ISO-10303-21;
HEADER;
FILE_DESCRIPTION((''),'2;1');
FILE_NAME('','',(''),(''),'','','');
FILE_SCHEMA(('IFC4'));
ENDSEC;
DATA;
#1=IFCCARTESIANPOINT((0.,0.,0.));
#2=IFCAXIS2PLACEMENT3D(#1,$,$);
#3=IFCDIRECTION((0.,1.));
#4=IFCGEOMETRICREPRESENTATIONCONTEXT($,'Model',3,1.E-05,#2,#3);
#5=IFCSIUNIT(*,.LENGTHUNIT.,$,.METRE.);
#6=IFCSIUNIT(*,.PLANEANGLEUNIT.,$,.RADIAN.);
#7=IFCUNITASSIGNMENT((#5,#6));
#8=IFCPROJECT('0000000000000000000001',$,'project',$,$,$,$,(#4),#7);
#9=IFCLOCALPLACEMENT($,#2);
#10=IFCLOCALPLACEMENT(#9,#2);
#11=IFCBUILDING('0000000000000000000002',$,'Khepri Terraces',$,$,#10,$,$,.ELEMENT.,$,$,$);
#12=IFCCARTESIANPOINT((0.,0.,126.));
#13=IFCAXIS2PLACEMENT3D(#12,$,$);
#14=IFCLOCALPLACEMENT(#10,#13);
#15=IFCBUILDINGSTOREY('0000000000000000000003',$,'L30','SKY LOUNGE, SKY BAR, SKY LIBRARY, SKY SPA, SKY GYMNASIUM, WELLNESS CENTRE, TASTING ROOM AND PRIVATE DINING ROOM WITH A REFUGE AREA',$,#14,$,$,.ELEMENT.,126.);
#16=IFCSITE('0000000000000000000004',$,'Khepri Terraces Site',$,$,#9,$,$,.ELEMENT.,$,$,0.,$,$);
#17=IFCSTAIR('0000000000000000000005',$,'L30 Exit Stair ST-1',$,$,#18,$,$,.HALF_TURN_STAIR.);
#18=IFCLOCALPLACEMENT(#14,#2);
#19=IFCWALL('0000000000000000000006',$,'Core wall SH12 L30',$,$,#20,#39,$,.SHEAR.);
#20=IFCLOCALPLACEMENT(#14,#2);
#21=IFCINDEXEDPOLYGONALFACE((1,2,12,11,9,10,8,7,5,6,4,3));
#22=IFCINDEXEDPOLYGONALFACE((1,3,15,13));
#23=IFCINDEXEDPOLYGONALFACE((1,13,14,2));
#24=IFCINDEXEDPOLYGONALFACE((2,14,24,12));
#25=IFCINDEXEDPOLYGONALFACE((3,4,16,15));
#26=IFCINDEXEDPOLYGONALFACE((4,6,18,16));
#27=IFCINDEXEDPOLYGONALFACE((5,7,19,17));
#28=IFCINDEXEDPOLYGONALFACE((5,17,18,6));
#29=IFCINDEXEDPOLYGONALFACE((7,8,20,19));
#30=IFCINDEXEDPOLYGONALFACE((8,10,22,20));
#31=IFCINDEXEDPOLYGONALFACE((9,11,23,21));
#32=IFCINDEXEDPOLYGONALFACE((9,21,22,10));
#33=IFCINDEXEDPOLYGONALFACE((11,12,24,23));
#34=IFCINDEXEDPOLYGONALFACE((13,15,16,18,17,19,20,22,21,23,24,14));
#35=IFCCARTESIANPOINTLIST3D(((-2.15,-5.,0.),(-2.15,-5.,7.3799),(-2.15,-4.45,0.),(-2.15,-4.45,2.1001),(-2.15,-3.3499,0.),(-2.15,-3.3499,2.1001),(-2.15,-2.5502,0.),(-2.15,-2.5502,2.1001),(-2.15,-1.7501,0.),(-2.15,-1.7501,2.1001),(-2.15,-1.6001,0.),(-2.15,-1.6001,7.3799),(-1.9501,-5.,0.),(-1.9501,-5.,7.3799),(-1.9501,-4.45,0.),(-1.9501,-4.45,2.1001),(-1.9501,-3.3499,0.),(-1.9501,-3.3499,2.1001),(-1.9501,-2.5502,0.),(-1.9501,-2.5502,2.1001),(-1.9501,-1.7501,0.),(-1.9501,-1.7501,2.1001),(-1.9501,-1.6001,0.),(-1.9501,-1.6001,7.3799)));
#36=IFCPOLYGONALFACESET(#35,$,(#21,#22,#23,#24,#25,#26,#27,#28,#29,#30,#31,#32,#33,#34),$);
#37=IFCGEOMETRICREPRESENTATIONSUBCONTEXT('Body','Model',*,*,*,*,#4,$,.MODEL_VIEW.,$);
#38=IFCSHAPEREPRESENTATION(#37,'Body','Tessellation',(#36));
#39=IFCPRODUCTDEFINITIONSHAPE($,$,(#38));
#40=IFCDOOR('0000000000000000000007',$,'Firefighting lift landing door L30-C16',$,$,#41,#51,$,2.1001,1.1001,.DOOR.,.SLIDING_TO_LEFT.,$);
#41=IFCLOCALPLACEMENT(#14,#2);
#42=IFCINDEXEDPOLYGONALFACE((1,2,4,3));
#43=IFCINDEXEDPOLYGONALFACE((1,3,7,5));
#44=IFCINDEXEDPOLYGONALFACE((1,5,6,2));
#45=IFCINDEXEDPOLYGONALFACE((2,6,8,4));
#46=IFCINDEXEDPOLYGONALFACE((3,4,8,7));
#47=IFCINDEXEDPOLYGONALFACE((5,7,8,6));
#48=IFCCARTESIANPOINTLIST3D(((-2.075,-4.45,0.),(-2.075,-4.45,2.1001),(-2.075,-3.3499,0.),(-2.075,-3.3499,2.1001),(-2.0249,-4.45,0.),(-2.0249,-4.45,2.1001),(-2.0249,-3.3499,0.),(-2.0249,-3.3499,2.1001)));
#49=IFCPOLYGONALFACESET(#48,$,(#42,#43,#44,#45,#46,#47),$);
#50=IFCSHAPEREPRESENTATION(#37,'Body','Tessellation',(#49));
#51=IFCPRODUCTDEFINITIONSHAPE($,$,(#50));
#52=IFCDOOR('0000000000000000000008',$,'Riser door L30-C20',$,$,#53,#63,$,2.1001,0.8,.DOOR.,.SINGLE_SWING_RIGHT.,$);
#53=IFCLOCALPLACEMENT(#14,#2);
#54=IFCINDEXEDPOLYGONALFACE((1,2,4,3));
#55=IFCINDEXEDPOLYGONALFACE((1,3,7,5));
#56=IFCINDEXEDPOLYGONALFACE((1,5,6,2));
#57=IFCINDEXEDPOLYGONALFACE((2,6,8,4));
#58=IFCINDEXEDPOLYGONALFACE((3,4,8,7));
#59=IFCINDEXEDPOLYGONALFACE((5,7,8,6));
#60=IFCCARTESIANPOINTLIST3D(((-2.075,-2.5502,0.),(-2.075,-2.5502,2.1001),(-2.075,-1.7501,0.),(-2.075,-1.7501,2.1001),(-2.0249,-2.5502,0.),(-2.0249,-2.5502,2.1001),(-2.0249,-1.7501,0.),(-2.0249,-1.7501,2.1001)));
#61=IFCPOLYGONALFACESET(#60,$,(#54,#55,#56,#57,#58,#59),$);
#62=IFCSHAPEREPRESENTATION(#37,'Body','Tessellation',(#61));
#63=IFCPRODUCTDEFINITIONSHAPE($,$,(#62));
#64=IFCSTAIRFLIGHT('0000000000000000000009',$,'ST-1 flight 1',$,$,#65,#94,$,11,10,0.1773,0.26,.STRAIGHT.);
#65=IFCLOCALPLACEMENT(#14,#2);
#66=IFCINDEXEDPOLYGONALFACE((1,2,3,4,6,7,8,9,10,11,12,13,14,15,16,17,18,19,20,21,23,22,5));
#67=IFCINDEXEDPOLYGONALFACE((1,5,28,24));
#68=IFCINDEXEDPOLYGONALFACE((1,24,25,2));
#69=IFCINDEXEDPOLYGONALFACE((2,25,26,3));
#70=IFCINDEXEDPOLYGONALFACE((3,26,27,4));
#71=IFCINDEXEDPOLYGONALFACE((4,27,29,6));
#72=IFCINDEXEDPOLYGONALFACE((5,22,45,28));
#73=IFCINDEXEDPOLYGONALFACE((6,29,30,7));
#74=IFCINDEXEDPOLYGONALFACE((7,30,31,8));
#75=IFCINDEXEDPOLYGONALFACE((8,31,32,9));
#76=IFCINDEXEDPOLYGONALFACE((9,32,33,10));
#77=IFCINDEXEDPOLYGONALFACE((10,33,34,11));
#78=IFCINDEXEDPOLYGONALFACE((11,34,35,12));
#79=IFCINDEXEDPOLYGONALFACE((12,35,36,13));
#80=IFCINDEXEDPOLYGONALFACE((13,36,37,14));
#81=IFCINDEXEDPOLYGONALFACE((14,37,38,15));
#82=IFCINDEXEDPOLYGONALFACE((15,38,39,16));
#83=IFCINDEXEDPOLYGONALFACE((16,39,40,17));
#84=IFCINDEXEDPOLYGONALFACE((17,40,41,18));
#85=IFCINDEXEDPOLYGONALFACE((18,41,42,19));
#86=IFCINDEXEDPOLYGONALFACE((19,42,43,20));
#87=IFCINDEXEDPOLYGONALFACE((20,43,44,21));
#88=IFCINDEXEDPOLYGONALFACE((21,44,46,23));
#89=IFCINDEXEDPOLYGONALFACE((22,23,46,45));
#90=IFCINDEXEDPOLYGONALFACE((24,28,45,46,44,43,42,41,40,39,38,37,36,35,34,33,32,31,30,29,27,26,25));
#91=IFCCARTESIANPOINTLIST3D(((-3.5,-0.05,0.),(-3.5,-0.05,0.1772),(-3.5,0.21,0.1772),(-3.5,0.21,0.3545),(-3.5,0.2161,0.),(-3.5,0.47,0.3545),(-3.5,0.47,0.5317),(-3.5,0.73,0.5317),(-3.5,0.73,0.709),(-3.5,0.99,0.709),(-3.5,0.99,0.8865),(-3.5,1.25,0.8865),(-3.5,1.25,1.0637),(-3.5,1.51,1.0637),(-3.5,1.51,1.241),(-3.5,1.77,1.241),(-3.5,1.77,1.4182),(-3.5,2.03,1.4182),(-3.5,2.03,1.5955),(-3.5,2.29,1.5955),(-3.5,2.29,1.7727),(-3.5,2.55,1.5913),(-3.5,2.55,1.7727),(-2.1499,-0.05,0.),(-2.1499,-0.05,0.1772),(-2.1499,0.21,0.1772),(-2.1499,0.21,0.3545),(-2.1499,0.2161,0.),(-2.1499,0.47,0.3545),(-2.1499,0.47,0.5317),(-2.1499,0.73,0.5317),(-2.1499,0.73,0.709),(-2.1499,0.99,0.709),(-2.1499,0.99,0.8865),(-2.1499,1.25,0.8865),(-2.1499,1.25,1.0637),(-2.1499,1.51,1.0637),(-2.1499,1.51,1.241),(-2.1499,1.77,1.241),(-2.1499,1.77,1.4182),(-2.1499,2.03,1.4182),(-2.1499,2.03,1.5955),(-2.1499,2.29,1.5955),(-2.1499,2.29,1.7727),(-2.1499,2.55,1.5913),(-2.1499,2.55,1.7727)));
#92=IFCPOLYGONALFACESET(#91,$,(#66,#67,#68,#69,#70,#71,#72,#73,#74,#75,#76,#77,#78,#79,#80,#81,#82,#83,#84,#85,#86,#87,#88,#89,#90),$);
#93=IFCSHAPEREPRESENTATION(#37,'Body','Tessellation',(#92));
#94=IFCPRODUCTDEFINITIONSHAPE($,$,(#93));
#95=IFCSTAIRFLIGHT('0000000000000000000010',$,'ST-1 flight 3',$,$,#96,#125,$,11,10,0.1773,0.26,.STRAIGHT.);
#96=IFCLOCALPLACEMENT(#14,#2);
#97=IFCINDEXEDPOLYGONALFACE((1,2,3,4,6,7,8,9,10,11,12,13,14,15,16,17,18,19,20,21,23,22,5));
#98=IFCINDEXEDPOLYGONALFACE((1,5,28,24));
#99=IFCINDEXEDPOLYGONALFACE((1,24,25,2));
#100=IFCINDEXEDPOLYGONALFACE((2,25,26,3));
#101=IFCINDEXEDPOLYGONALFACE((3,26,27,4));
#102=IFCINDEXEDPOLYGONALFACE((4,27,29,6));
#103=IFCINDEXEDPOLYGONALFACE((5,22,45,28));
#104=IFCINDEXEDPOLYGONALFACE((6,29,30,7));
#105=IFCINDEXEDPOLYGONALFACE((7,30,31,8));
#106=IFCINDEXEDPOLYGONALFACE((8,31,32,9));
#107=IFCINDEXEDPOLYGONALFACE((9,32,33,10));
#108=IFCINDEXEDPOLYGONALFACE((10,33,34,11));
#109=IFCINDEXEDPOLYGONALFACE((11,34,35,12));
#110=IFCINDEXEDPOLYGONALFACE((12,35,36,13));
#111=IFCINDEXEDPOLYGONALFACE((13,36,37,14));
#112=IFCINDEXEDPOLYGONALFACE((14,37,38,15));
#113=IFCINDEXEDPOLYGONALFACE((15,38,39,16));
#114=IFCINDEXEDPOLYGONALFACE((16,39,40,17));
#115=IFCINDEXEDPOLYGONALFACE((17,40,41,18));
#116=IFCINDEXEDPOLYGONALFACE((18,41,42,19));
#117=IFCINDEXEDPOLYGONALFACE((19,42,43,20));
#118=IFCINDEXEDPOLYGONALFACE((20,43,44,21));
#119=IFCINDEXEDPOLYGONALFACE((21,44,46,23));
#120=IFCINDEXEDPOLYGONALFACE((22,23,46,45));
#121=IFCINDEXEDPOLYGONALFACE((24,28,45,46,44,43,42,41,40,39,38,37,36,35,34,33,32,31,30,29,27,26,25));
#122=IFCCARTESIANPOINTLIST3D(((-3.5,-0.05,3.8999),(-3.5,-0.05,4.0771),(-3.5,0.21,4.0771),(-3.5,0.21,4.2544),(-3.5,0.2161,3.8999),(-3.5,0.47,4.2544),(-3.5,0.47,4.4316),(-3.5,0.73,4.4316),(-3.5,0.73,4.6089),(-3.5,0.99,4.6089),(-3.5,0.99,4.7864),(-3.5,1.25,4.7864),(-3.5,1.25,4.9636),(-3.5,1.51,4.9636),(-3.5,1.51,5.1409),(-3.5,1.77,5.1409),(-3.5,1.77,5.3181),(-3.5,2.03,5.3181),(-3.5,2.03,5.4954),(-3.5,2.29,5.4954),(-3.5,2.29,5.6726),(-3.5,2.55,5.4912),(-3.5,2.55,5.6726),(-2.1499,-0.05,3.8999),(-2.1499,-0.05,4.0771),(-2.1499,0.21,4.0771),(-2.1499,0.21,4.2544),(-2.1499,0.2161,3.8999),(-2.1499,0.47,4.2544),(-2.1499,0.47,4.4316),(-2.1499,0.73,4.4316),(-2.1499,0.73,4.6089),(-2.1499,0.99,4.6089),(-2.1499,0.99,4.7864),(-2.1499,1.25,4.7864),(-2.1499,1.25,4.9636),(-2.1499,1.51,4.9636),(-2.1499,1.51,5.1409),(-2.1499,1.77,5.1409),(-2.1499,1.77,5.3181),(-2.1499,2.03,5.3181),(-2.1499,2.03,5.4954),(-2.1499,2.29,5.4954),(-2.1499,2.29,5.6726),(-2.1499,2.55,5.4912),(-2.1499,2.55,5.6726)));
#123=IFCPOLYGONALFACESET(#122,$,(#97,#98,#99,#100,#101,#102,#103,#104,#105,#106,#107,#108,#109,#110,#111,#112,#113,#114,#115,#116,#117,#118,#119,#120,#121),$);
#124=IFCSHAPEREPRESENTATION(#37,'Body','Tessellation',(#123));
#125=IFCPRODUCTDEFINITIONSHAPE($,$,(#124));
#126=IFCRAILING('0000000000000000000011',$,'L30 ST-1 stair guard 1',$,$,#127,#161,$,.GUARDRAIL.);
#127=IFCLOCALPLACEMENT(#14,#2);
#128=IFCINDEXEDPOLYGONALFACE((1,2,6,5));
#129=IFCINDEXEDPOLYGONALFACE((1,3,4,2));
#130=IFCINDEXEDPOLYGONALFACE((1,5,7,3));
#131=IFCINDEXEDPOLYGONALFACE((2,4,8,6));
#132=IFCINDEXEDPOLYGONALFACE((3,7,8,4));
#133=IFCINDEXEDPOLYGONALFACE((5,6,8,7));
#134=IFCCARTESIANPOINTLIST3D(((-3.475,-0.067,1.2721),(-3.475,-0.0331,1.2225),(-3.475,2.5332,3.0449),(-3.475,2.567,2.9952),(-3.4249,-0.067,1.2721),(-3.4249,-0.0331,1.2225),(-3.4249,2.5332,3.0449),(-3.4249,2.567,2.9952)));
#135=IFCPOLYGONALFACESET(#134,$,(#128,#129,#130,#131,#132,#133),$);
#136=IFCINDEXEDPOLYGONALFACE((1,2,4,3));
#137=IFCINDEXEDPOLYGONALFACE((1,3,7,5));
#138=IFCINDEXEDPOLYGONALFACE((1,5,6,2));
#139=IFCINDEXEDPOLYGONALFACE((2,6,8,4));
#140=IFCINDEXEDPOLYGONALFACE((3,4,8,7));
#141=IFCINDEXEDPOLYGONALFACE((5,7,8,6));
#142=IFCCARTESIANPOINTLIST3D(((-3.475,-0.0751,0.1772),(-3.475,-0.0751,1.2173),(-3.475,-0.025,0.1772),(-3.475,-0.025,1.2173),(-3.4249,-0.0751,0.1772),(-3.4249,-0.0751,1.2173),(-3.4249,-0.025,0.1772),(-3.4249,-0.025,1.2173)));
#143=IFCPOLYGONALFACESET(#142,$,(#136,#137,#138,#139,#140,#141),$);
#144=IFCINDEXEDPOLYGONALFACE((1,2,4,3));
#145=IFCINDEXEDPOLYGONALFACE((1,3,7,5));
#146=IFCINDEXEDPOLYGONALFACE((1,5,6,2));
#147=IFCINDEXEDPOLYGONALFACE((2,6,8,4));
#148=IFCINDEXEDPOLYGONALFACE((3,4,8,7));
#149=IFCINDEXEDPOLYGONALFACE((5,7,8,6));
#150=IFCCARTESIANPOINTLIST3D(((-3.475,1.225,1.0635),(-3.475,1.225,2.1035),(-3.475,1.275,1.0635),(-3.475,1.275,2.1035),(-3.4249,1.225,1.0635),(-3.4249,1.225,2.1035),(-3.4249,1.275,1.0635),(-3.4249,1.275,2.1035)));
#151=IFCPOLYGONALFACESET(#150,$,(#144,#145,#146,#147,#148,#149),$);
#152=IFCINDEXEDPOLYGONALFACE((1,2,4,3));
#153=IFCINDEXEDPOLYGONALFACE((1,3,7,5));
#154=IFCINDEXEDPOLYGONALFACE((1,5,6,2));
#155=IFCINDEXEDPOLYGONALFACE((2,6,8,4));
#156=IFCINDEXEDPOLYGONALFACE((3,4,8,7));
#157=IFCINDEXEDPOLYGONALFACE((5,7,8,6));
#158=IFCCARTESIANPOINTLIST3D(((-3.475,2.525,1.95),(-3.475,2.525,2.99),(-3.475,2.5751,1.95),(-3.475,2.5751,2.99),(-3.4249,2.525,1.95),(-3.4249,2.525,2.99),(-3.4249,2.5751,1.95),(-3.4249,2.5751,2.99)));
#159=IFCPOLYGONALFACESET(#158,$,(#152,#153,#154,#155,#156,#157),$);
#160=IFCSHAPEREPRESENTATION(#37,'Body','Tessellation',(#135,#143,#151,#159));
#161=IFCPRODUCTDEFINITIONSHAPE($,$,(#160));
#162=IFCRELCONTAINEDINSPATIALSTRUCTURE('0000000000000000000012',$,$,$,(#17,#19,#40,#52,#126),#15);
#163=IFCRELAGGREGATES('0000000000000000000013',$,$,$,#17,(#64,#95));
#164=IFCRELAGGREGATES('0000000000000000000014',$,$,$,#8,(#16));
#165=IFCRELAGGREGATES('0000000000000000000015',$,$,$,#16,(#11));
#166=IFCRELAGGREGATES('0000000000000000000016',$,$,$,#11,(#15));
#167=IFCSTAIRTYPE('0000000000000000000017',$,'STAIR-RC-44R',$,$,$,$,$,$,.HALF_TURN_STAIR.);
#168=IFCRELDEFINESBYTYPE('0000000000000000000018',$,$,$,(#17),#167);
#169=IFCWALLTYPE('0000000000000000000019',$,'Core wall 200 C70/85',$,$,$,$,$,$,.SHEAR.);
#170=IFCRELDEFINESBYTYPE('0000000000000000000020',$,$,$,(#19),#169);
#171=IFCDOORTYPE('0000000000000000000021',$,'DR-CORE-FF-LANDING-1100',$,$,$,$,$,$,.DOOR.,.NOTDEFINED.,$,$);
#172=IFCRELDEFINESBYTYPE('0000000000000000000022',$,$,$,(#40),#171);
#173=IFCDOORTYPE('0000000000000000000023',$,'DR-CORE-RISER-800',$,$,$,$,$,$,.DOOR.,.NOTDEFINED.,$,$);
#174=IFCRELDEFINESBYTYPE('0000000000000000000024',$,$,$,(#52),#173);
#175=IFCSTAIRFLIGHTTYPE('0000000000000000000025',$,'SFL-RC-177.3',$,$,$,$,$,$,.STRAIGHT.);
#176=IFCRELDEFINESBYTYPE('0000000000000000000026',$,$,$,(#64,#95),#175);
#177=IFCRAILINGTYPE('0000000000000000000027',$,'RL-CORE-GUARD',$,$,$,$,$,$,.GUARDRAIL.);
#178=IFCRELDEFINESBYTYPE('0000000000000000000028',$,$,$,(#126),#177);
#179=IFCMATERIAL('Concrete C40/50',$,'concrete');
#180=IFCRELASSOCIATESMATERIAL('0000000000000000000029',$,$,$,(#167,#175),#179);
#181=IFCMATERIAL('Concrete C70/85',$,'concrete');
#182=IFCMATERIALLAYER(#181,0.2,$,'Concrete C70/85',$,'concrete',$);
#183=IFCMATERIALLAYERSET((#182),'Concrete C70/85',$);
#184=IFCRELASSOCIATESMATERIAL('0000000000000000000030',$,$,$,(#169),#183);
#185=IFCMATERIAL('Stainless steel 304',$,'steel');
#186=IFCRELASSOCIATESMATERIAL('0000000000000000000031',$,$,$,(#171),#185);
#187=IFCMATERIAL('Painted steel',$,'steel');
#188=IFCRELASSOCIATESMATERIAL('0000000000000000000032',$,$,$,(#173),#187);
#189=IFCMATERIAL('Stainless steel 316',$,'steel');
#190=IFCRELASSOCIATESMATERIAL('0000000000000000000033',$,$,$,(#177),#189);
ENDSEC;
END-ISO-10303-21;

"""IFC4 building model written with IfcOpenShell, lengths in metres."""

from ifc_helpers import new_model, si_unit, direction, frame, frame_2d, origin, origin_2d, place, context, subcontext, project, spatial, polyline, rectangle, outline, extrude, material, layer, layer_set, type_object, element, fill, aggregate, save


model = new_model("IFC4")

# Units and contexts
model_context = context("Model", 3, precision=1e-05, world=origin(), true_north=direction((0.0, 1.0)))
body_context = subcontext(model_context, "Body", "Model", "MODEL_VIEW")
ifc_project = project(units=[si_unit("LENGTHUNIT", "METRE"), si_unit("PLANEANGLEUNIT", "RADIAN")], contexts=[model_context])

# Site, building, storey
site_placement = place(None, origin())
site = spatial("IfcSite", under=ifc_project, at=site_placement, Name="Khepri Terraces Site", CompositionType="ELEMENT", RefElevation=0.0)
building_placement = place(site_placement, origin())
building = spatial("IfcBuilding", under=site, at=building_placement, Name="Khepri Terraces", CompositionType="ELEMENT")
storey_placement = place(building_placement, frame((0.0, 0.0, 126.0)))
storey = spatial("IfcBuildingStorey", under=building, at=storey_placement, Name="L30", Description="SKY LOUNGE, SKY BAR, SKY LIBRARY, SKY SPA, SKY GYMNASIUM, WELLNESS CENTRE, TASTING ROOM AND PRIVATE DINING ROOM WITH A REFUGE AREA", CompositionType="ELEMENT", Elevation=126.0)

# Shared definitions
ifc_material_1 = material(Name="Concrete C40/50", Category="concrete")

# Stair
stair_type = type_object("IfcStairType", Name="STAIR-RC-44R", PredefinedType="HALF_TURN_STAIR", material=ifc_material_1)
stair_placement = place(storey_placement, origin())
stair = element("IfcStair", 1, at=stair_placement, inside=storey, type_object=stair_type, Name="L30 Exit Stair ST-1", PredefinedType="HALF_TURN_STAIR")

# Shared definitions
ifc_material_2 = material(Name="Concrete C70/85", Category="concrete")
ifc_layer_1 = layer(ifc_material_2, 0.2, Name="Concrete C70/85", Category="concrete")
ifc_layer_set_1 = layer_set([ifc_layer_1], Name="Concrete C70/85")
wall_type = type_object("IfcWallType", Name="Core wall 200 C70/85", PredefinedType="SHEAR", material=ifc_layer_set_1)
ifc_material_3 = material(Name="Painted steel", Category="steel")

# Wall, openings, doors
wall_1_placement = place(storey_placement, frame((-2.05, -5.0, 0.0), z_axis=(0.0, 0.0, 1.0), x_axis=(0.0, 1.0, 0.0)))
wall_1 = element("IfcWall", 2, at=wall_1_placement, inside=storey, type_object=wall_type, Name="Core wall SH12 L30", PredefinedType="SHEAR", context=body_context, shape_type="SweptSolid", body=[
    extrude(rectangle(XDim=3.3999, YDim=0.2, at=frame_2d((1.7, 0.0))), origin(), (0.0, 0.0, 1.0), 7.3799),
])
opening_1_placement = place(wall_1_placement, frame((0.55, 0.0, 0.0)))
opening_1 = element("IfcOpeningElement", 3, at=opening_1_placement, cuts=wall_1, PredefinedType="OPENING", context=body_context, shape_type="SweptSolid", body=[
    extrude(rectangle(XDim=1.1001, YDim=2.1001, at=frame_2d((0.55, 1.05))), frame((0.0, 0.1099, 0.0), z_axis=(0.0, -1.0, 0.0), x_axis=(1.0, 0.0, 0.0)), (0.0, 0.0, 1.0), 0.22),
])
opening_2_placement = place(wall_1_placement, frame((2.45, 0.0, 0.0)))
opening_2 = element("IfcOpeningElement", 4, at=opening_2_placement, cuts=wall_1, PredefinedType="OPENING", context=body_context, shape_type="SweptSolid", body=[
    extrude(rectangle(XDim=0.8, YDim=2.1001, at=frame_2d((0.3999, 1.05))), frame((0.0, 0.1099, 0.0), z_axis=(0.0, -1.0, 0.0), x_axis=(1.0, 0.0, 0.0)), (0.0, 0.0, 1.0), 0.22),
])
ifc_material_4 = material(Name="Stainless steel 304", Category="steel")
door_type_1 = type_object("IfcDoorType", Name="DR-CORE-FF-LANDING-1100", OperationType="NOTDEFINED", PredefinedType="DOOR", material=ifc_material_4)
door_1_placement = place(opening_1_placement, origin())
door_1 = element("IfcDoor", 5, at=door_1_placement, inside=storey, type_object=door_type_1, Name="Firefighting lift landing door L30-C16", OperationType="SLIDING_TO_LEFT", OverallHeight=2.1001, OverallWidth=1.1001, PredefinedType="DOOR", context=body_context, shape_type="SweptSolid", body=[
    extrude(rectangle(XDim=1.1001, YDim=2.1001, at=frame_2d((0.55, 1.05))), frame((0.0, 0.0249, 0.0), z_axis=(0.0, -1.0, 0.0), x_axis=(1.0, 0.0, 0.0)), (0.0, 0.0, 1.0), 0.05),
])
fill(opening_1, door_1)
door_type_2 = type_object("IfcDoorType", Name="DR-CORE-RISER-800", OperationType="NOTDEFINED", PredefinedType="DOOR", material=ifc_material_3)
door_2_placement = place(opening_2_placement, origin())
door_2 = element("IfcDoor", 6, at=door_2_placement, inside=storey, type_object=door_type_2, Name="Riser door L30-C20", OperationType="SINGLE_SWING_RIGHT", OverallHeight=2.1001, OverallWidth=0.8, PredefinedType="DOOR", context=body_context, shape_type="SweptSolid", body=[
    extrude(rectangle(XDim=0.8, YDim=2.1001, at=frame_2d((0.3999, 1.05))), frame((0.0, 0.0249, 0.0), z_axis=(0.0, -1.0, 0.0), x_axis=(1.0, 0.0, 0.0)), (0.0, 0.0, 1.0), 0.05),
])
fill(opening_2, door_2)

# Stair flights
stair_flight_type = type_object("IfcStairFlightType", Name="SFL-RC-177.3", PredefinedType="STRAIGHT", material=ifc_material_1)
stair_flight_1_placement = place(storey_placement, frame((-2.825, -0.05, 0.0), z_axis=(0.0, 0.0, 1.0), x_axis=(0.0, 1.0, 0.0)))
stair_flight_1 = element("IfcStairFlight", 7, at=stair_flight_1_placement, type_object=stair_flight_type, Name="ST-1 flight 1", NumberOfRisers=11, NumberOfTreads=10, PredefinedType="STRAIGHT", RiserHeight=0.1773, TreadLength=0.26, context=body_context, shape_type="SweptSolid", body=[
    extrude(outline(polyline([(0.0, 0.0), (0.0, 0.1772), (0.26, 0.1772), (0.26, 0.3545), (0.52, 0.3545), (0.52, 0.5317), (0.78, 0.5317), (0.78, 0.709), (1.04, 0.709), (1.04, 0.8865), (1.3, 0.8865), (1.3, 1.0637), (1.5601, 1.0637), (1.5601, 1.241), (1.8201, 1.241), (1.8201, 1.4182), (2.0801, 1.4182), (2.0801, 1.5955), (2.3401, 1.5955), (2.3401, 1.7727), (2.6001, 1.7727), (2.6001, 1.95), (2.6001, 1.5913), (0.2661, 0.0), (0.0, 0.0)])), frame((0.0, 0.675, 0.0), z_axis=(0.0, -1.0, 0.0), x_axis=(1.0, 0.0, 0.0)), (0.0, 0.0, 1.0), 1.3501),
])
stair_flight_2_placement = place(storey_placement, frame((-2.825, -0.05, 3.8999), z_axis=(0.0, 0.0, 1.0), x_axis=(0.0, 1.0, 0.0)))
stair_flight_2 = element("IfcStairFlight", 8, at=stair_flight_2_placement, type_object=stair_flight_type, Name="ST-1 flight 3", NumberOfRisers=11, NumberOfTreads=10, PredefinedType="STRAIGHT", RiserHeight=0.1773, TreadLength=0.26, context=body_context, shape_type="SweptSolid", body=[
    extrude(outline(polyline([(0.0, 0.0), (0.0, 0.1772), (0.26, 0.1772), (0.26, 0.3545), (0.52, 0.3545), (0.52, 0.5317), (0.78, 0.5317), (0.78, 0.709), (1.04, 0.709), (1.04, 0.8865), (1.3, 0.8865), (1.3, 1.0637), (1.5601, 1.0637), (1.5601, 1.241), (1.8201, 1.241), (1.8201, 1.4182), (2.0801, 1.4182), (2.0801, 1.5955), (2.3401, 1.5955), (2.3401, 1.7727), (2.6001, 1.7727), (2.6001, 1.95), (2.6001, 1.5913), (0.2661, 0.0), (0.0, 0.0)])), frame((0.0, 0.675, 0.0), z_axis=(0.0, -1.0, 0.0), x_axis=(1.0, 0.0, 0.0)), (0.0, 0.0, 1.0), 1.3501),
])
aggregate(stair, [stair_flight_1, stair_flight_2])

# Railing
ifc_material_5 = material(Name="Stainless steel 316", Category="steel")
railing_type_1 = type_object("IfcRailingType", Name="RL-CORE-GUARD", PredefinedType="GUARDRAIL", material=ifc_material_5)
for number, where, name in (
    (9, (-3.45, -0.05, 0.1772), "L30 ST-1 stair guard 1"),
):
    element("IfcRailing", number, at=place(storey_placement, frame(where)), inside=storey, type_object=railing_type_1, Name=name, PredefinedType="GUARDRAIL", context=body_context, shape_type="SweptSolid", body=[
        extrude(rectangle(XDim=0.05, YDim=0.0601, at=origin_2d()), frame((0.0, 0.0, 1.0701), z_axis=(0.0, 0.82624, 0.563318), x_axis=(-1.0, 0.0, 0.0)), (0.0, 0.0, 1.0), 3.147),
        extrude(rectangle(XDim=0.05, YDim=0.05, at=origin_2d()), origin(), (0.0, 0.0, 1.0), 1.04),
        extrude(rectangle(XDim=0.05, YDim=0.05, at=origin_2d()), frame((0.0, 1.3, 0.8862)), (0.0, 0.0, 1.0), 1.04),
        extrude(rectangle(XDim=0.05, YDim=0.05, at=origin_2d()), frame((0.0, 2.6001, 1.7727)), (0.0, 0.0, 1.0), 1.04),
    ])

save(model, "model.ifc")
